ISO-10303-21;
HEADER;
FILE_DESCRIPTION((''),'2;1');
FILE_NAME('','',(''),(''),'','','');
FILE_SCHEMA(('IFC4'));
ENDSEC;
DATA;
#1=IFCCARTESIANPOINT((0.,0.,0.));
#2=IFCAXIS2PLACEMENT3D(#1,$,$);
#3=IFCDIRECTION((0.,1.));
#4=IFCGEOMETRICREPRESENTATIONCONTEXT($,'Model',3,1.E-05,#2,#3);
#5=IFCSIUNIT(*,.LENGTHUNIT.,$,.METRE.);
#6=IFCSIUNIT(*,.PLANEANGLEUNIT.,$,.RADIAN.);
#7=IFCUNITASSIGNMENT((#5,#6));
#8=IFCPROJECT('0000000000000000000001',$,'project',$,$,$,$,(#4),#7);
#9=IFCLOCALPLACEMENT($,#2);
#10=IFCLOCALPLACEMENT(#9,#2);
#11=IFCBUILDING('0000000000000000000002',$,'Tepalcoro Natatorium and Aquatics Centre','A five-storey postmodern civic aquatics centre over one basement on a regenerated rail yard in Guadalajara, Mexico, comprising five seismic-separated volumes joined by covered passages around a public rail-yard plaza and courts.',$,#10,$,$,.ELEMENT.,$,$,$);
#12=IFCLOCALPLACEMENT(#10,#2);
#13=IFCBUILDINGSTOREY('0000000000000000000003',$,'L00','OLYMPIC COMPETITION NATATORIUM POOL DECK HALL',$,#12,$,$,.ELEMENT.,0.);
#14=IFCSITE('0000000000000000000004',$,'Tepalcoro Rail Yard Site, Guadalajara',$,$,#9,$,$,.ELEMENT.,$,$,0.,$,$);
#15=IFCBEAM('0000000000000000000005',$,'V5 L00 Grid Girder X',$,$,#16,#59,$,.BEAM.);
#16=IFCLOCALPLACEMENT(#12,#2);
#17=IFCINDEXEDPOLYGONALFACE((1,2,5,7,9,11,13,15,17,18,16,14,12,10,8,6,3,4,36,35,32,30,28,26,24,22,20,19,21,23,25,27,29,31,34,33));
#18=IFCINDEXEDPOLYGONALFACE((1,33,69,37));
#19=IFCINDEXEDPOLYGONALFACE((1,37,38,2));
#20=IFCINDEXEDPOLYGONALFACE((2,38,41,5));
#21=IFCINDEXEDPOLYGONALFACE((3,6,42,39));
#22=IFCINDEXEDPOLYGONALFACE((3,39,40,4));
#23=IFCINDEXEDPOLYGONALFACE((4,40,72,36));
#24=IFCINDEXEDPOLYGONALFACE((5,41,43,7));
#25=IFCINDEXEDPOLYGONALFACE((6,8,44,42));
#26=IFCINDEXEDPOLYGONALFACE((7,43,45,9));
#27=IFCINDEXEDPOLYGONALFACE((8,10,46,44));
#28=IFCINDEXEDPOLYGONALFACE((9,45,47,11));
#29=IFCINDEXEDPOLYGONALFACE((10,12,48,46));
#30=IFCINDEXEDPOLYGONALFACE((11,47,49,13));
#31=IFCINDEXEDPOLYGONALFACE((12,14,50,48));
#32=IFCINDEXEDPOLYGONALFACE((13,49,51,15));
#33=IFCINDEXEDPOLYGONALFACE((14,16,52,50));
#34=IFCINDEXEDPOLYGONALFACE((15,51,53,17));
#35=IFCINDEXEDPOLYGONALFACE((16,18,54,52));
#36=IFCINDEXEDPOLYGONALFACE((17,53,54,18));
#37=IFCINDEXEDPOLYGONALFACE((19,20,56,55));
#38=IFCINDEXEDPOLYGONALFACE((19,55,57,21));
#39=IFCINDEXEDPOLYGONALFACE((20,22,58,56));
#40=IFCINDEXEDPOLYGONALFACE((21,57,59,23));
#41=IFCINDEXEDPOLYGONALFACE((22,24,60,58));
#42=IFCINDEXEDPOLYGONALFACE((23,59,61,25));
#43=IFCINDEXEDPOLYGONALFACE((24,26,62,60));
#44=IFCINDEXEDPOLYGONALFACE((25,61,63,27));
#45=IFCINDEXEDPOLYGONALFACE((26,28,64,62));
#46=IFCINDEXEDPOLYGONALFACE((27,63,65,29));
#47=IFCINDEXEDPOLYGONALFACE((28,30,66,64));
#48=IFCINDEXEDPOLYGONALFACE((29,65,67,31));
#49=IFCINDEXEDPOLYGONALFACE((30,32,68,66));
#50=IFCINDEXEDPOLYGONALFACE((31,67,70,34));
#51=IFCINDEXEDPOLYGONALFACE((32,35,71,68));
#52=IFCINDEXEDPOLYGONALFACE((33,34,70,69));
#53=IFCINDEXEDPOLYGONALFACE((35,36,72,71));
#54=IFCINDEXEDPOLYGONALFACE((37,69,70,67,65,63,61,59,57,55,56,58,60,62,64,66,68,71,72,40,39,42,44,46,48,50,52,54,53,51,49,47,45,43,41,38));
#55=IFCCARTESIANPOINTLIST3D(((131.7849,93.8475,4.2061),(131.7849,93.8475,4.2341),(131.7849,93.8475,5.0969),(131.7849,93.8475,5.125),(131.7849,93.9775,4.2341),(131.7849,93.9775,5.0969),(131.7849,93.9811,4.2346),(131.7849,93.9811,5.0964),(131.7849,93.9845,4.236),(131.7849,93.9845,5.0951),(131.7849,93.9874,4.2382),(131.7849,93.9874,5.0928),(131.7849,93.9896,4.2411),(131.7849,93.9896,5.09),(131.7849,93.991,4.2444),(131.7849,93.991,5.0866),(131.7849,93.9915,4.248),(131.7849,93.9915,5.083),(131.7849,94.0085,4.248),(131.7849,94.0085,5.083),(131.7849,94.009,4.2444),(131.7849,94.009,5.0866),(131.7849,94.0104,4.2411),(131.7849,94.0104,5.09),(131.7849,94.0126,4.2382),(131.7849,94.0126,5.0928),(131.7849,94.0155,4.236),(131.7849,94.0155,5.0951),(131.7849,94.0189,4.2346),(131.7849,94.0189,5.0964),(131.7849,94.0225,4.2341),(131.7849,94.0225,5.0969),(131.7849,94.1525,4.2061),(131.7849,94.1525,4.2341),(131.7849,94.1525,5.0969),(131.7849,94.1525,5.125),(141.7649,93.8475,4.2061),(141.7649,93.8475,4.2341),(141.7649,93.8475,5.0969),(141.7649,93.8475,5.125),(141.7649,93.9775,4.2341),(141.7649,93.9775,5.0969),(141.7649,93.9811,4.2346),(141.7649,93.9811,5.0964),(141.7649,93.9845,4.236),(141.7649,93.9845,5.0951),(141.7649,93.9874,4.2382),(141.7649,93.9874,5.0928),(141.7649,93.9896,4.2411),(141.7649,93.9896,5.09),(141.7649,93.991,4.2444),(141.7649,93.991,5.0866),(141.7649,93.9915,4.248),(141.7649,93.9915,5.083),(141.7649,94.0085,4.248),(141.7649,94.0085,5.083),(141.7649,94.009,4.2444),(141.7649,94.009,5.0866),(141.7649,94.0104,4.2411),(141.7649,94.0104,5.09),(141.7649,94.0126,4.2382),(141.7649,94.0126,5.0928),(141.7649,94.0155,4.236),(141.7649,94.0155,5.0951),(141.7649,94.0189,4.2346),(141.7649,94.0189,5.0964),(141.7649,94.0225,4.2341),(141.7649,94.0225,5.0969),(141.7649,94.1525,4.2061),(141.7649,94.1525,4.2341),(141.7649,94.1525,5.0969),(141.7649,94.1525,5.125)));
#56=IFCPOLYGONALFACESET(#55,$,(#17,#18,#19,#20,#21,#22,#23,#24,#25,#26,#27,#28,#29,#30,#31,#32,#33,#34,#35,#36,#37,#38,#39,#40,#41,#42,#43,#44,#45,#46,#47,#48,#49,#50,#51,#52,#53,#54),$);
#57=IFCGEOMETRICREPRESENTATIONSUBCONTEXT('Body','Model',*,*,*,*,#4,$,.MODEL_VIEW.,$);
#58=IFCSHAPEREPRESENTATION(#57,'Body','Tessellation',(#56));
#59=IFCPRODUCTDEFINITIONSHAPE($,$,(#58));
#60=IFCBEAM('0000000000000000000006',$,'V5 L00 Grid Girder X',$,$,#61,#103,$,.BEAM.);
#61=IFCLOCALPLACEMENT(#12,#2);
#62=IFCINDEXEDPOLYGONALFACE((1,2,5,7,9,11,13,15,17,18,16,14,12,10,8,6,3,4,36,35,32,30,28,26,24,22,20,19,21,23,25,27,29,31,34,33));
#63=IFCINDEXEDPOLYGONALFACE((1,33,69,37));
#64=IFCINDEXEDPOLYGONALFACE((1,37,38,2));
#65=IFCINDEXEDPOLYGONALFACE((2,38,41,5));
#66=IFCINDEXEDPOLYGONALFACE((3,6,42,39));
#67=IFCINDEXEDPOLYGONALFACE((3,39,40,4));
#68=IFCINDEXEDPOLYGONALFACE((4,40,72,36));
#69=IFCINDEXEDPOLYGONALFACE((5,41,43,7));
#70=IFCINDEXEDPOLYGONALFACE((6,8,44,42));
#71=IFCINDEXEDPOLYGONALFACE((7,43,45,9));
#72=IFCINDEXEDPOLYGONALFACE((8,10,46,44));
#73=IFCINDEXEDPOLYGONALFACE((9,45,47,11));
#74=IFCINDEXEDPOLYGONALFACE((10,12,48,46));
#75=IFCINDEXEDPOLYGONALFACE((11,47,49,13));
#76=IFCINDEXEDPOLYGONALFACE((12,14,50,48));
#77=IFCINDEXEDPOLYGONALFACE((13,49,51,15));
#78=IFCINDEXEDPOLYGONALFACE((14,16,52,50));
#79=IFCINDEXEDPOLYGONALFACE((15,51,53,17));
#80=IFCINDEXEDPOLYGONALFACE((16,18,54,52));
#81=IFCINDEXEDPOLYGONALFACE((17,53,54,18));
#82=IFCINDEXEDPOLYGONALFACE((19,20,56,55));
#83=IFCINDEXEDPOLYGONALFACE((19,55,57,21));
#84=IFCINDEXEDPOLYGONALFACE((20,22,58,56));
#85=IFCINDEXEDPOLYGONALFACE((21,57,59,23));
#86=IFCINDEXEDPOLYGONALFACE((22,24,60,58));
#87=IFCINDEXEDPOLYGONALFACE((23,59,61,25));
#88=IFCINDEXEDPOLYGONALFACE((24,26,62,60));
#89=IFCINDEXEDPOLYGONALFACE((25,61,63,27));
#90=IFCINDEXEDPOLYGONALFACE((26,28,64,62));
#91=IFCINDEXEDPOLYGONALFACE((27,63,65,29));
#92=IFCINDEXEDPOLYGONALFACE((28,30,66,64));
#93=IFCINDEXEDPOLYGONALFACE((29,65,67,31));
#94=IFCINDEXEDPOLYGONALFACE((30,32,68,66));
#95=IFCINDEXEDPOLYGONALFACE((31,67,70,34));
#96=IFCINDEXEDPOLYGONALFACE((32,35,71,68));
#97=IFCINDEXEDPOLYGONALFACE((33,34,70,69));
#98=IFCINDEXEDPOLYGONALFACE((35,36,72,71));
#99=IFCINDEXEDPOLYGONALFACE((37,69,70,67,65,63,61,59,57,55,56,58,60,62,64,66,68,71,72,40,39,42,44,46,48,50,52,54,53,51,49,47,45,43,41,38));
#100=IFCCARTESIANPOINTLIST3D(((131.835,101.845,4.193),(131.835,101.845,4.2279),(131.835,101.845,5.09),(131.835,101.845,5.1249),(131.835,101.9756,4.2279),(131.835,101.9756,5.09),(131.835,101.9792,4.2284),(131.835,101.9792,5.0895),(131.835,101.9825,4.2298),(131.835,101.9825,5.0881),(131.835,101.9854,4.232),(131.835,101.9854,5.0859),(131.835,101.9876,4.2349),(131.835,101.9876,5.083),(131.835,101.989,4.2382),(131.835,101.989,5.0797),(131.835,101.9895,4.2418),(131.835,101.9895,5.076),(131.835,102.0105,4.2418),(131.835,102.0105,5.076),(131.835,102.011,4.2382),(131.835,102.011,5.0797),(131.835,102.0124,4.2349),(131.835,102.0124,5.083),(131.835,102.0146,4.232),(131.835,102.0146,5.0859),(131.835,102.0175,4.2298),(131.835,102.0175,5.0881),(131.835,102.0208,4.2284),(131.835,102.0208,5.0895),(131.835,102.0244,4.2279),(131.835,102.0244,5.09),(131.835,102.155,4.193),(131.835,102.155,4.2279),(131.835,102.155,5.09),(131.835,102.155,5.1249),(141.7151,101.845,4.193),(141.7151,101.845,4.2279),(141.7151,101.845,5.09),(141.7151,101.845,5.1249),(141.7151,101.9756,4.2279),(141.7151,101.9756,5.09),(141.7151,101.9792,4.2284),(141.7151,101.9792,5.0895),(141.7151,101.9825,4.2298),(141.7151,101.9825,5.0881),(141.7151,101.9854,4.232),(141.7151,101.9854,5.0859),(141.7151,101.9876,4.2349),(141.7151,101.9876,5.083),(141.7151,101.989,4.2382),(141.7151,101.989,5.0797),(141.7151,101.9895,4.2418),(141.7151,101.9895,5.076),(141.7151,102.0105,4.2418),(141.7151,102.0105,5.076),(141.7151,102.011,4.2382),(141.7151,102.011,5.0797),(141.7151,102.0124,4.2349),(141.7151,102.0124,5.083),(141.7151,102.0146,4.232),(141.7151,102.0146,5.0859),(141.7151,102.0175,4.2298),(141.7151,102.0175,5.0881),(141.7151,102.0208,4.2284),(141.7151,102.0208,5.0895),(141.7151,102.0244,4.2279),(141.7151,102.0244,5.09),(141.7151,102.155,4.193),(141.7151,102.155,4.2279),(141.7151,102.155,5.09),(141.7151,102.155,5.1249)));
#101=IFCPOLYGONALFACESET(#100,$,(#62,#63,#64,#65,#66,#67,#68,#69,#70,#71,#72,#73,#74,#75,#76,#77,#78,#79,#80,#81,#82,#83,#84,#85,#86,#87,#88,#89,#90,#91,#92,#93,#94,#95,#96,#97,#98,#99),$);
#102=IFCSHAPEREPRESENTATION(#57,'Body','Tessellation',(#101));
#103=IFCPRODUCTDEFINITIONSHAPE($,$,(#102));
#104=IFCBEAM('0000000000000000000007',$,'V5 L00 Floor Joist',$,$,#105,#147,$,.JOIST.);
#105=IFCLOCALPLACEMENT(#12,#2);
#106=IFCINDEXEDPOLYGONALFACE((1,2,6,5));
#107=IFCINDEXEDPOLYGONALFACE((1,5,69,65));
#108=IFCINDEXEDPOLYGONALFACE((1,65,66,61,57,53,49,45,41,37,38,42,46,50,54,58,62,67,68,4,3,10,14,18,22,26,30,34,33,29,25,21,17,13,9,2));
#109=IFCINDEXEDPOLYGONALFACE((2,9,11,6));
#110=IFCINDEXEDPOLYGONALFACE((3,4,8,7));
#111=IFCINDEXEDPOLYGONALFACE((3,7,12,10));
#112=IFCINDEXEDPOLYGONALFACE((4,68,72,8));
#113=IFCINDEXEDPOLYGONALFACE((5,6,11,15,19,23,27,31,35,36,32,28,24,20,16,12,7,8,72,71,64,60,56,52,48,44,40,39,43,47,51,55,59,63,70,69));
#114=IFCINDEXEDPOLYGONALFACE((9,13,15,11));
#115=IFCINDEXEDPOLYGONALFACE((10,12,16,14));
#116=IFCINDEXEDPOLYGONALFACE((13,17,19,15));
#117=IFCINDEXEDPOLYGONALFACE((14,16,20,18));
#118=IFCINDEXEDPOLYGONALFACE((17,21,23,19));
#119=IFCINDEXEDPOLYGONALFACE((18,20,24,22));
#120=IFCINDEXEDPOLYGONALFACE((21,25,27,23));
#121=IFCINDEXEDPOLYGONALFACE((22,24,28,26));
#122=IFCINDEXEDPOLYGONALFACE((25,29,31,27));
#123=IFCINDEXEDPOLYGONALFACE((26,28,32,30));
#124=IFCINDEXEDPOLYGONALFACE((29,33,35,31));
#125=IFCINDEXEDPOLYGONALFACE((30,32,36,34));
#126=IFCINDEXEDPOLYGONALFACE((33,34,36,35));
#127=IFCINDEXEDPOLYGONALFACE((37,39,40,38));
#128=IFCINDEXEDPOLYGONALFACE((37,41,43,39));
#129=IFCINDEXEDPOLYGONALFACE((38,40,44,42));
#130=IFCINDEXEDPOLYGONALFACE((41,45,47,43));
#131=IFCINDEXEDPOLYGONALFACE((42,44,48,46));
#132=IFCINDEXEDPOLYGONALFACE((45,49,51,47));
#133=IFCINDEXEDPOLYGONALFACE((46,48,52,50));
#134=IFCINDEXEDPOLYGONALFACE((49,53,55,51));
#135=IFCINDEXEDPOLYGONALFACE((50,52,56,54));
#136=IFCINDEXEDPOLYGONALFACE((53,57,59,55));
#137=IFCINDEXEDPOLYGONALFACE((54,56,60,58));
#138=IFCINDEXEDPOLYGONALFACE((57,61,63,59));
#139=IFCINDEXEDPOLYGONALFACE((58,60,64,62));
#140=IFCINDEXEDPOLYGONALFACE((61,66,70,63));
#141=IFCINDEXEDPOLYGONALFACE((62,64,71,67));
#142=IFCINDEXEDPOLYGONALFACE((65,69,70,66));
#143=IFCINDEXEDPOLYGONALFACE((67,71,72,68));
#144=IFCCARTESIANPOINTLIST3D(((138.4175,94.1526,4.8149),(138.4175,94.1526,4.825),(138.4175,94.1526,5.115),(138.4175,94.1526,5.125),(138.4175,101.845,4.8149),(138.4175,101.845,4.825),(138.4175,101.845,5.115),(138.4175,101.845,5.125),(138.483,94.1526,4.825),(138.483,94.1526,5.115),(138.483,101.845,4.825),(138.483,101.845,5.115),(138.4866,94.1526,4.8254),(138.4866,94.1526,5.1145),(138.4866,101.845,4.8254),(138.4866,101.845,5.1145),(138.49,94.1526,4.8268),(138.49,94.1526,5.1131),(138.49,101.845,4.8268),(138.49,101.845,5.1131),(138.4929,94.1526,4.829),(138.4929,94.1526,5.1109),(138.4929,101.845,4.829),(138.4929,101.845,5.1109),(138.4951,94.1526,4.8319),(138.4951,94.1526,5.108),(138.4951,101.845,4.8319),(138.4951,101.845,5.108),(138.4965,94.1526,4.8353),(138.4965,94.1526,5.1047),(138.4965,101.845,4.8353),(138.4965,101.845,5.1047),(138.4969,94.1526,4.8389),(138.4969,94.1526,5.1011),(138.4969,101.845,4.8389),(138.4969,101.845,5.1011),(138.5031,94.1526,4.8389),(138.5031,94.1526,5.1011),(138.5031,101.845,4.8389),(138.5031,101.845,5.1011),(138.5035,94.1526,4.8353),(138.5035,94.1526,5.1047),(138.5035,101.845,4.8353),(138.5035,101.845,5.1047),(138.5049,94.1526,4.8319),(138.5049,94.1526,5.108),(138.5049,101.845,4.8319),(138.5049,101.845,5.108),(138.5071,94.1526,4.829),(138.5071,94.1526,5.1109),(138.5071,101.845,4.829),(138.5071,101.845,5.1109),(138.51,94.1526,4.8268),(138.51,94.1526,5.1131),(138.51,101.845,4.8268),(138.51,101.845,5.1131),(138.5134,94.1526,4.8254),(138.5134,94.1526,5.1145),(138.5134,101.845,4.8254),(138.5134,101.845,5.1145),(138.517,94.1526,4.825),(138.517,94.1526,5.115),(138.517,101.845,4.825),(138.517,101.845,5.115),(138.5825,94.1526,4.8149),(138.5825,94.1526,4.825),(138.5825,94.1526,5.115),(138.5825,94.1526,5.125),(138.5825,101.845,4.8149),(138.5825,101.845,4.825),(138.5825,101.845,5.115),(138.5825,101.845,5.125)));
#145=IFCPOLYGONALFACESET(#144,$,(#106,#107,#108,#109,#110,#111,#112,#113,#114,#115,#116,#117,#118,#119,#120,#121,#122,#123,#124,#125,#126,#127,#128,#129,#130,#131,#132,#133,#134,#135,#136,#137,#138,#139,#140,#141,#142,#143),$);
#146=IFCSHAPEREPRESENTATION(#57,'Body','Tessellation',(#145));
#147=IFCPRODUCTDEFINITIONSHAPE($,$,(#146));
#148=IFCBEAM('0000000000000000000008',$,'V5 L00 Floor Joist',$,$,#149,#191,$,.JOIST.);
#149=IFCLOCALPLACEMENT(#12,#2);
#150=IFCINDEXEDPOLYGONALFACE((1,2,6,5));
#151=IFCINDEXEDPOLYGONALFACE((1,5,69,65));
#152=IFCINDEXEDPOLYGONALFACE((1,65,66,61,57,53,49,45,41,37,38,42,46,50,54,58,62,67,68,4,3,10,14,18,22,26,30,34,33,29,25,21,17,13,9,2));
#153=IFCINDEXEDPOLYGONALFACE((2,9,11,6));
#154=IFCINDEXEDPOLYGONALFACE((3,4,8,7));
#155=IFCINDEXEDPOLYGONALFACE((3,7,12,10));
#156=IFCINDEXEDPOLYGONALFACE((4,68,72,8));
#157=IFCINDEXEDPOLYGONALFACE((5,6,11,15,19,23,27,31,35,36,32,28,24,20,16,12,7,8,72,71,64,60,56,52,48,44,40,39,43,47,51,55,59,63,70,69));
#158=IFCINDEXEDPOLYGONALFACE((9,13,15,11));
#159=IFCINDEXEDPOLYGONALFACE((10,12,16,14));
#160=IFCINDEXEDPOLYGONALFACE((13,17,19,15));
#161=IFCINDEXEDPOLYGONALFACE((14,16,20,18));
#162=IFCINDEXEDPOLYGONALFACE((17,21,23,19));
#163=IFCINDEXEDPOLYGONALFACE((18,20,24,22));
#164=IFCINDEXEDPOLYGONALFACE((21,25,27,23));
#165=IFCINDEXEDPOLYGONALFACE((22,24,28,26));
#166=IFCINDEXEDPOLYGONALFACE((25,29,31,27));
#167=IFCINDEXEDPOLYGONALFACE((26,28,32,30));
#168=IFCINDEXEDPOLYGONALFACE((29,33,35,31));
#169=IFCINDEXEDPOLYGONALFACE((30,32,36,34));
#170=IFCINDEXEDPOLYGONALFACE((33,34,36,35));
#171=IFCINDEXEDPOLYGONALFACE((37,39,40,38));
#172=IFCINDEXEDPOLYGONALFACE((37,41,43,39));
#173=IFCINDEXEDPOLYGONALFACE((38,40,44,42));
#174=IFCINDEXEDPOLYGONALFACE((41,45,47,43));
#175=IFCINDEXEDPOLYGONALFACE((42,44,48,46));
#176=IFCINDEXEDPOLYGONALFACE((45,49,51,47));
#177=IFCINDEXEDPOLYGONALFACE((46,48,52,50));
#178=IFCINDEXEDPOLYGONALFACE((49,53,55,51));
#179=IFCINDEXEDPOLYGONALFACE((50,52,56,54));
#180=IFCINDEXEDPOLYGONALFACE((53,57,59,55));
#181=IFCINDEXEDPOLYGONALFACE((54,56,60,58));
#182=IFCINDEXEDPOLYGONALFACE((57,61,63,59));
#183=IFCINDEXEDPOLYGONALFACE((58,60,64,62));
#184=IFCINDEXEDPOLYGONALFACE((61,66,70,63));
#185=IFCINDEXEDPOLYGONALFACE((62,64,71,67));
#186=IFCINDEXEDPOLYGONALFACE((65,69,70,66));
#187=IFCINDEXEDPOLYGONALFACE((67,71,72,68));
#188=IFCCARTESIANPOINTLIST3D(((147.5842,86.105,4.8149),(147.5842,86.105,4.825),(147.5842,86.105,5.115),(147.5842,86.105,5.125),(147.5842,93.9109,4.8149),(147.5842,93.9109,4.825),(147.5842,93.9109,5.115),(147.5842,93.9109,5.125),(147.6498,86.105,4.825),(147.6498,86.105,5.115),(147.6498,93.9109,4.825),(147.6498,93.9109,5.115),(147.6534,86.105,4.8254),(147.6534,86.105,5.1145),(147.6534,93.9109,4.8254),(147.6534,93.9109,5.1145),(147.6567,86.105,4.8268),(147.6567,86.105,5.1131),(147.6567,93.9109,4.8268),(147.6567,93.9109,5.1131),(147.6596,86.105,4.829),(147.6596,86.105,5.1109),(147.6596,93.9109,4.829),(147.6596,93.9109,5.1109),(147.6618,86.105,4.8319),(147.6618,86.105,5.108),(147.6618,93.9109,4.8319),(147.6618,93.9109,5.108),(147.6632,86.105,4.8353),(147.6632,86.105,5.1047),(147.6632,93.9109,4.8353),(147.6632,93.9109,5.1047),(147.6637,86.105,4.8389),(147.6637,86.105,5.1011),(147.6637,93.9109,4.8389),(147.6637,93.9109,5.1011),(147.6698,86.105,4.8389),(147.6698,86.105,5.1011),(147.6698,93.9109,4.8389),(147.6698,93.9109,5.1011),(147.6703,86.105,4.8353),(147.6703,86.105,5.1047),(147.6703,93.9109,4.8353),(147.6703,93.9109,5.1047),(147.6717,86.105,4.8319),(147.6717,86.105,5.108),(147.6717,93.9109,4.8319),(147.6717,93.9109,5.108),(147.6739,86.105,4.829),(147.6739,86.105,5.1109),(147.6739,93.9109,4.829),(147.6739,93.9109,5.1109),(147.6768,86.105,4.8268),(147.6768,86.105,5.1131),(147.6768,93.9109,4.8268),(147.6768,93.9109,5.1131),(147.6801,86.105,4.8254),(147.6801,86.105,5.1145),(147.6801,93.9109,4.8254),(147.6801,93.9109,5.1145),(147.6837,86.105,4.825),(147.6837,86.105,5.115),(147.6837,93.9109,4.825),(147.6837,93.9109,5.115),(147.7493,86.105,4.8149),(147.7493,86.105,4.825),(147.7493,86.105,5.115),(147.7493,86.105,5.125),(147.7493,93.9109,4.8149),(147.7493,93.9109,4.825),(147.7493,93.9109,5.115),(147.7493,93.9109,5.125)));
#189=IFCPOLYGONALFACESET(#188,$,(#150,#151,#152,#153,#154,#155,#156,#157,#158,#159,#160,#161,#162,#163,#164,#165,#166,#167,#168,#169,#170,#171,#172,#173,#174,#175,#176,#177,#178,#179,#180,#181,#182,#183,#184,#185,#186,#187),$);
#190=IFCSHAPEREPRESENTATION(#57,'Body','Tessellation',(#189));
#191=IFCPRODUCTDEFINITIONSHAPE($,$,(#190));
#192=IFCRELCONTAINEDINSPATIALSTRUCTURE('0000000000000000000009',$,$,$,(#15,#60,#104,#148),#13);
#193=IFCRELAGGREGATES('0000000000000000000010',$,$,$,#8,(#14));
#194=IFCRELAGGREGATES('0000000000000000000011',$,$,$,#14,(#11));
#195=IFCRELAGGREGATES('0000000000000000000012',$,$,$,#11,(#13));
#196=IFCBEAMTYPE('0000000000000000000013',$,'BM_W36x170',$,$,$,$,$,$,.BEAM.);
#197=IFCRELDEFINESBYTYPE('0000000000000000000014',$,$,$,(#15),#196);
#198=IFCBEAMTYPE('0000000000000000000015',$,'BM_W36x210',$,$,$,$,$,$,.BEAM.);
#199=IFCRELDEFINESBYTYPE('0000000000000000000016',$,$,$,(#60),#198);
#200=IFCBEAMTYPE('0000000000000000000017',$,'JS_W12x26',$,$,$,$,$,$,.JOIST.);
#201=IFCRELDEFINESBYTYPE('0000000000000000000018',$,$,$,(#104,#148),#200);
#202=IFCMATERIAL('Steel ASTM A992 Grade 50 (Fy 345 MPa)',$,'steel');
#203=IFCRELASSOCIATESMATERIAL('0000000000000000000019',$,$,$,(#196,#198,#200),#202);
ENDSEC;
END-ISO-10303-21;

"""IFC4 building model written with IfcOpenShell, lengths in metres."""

from ifc_helpers import new_model, si_unit, direction, frame, origin, origin_2d, place, context, subcontext, project, spatial, i_section, extrude, material, material_profile, profile_set, type_object, element, save


model = new_model("IFC4")

# Units and contexts
model_context = context("Model", 3, precision=1e-05, world=origin(), true_north=direction((0.0, 1.0)))
body_context = subcontext(model_context, "Body", "Model", "MODEL_VIEW")
ifc_project = project(units=[si_unit("LENGTHUNIT", "METRE"), si_unit("PLANEANGLEUNIT", "RADIAN")], contexts=[model_context])

# Site, building, storey
site_placement = place(None, origin())
site = spatial("IfcSite", under=ifc_project, at=site_placement, Name="Tepalcoro Rail Yard Site, Guadalajara", CompositionType="ELEMENT", RefElevation=0.0)
building_placement = place(site_placement, origin())
building = spatial("IfcBuilding", under=site, at=building_placement, Name="Tepalcoro Natatorium and Aquatics Centre", Description="A five-storey postmodern civic aquatics centre over one basement on a regenerated rail yard in Guadalajara, Mexico, comprising five seismic-separated volumes joined by covered passages around a public rail-yard plaza and courts.", CompositionType="ELEMENT")
storey_placement = place(building_placement, origin())
storey = spatial("IfcBuildingStorey", under=building, at=storey_placement, Name="L00", Description="OLYMPIC COMPETITION NATATORIUM POOL DECK HALL", CompositionType="ELEMENT", Elevation=0.0)

# Beams
ifc_material_1 = material(Name="Steel ASTM A992 Grade 50 (Fy 345 MPa)", Category="steel")
ifc_material_profile_1 = material_profile(ifc_material_1, i_section(OverallWidth=0.3049, OverallDepth=0.9189, WebThickness=0.0171, FlangeThickness=0.0281, FilletRadius=0.0139, at=origin_2d()), Name="W36X170")
ifc_profile_set_1 = profile_set([ifc_material_profile_1], Name="Steel ASTM A992 Grade 50 (Fy 345 MPa)")
beam_type_1 = type_object("IfcBeamType", Name="BM_W36x170", PredefinedType="BEAM", material=ifc_profile_set_1)
beam_1_placement = place(storey_placement, frame((131.7849, 94.0, 4.6655), z_axis=(1.0, 0.0, 0.0), x_axis=(0.0, 1.0, 0.0)))
element("IfcBeam", 1, at=beam_1_placement, inside=storey, type_object=beam_type_1, Name="V5 L00 Grid Girder X", PredefinedType="BEAM", context=body_context, shape_type="SweptSolid", body=[
    extrude(i_section(OverallWidth=0.3049, OverallDepth=0.9189, WebThickness=0.0171, FlangeThickness=0.0281, FilletRadius=0.0139, at=origin_2d()), origin(), (0.0, 0.0, 1.0), 9.98),
])
ifc_material_profile_2 = material_profile(ifc_material_1, i_section(OverallWidth=0.3101, OverallDepth=0.9319, WebThickness=0.021, FlangeThickness=0.0349, FilletRadius=0.0139, at=origin_2d()), Name="W36X210")
ifc_profile_set_2 = profile_set([ifc_material_profile_2], Name="Steel ASTM A992 Grade 50 (Fy 345 MPa)")
beam_type_2 = type_object("IfcBeamType", Name="BM_W36x210", PredefinedType="BEAM", material=ifc_profile_set_2)
beam_2_placement = place(storey_placement, frame((131.835, 102.0, 4.6589), z_axis=(1.0, 0.0, 0.0), x_axis=(0.0, 1.0, 0.0)))
element("IfcBeam", 2, at=beam_2_placement, inside=storey, type_object=beam_type_2, Name="V5 L00 Grid Girder X", PredefinedType="BEAM", context=body_context, shape_type="SweptSolid", body=[
    extrude(i_section(OverallWidth=0.3101, OverallDepth=0.9319, WebThickness=0.021, FlangeThickness=0.0349, FilletRadius=0.0139, at=origin_2d()), origin(), (0.0, 0.0, 1.0), 9.8801),
])
ifc_material_profile_3 = material_profile(ifc_material_1, i_section(OverallWidth=0.165, OverallDepth=0.3101, WebThickness=0.0061, FlangeThickness=0.01, FilletRadius=0.0139, at=origin_2d()), Name="W12X26")
ifc_profile_set_3 = profile_set([ifc_material_profile_3], Name="Steel ASTM A992 Grade 50 (Fy 345 MPa)")
beam_type_3 = type_object("IfcBeamType", Name="JS_W12x26", PredefinedType="JOIST", material=ifc_profile_set_3)
beam_3_placement = place(storey_placement, frame((138.5, 94.1526, 4.97), z_axis=(0.0, 1.0, 0.0), x_axis=(-1.0, 0.0, 0.0)))
element("IfcBeam", 3, at=beam_3_placement, inside=storey, type_object=beam_type_3, Name="V5 L00 Floor Joist", PredefinedType="JOIST", context=body_context, shape_type="SweptSolid", body=[
    extrude(i_section(OverallWidth=0.165, OverallDepth=0.3101, WebThickness=0.0061, FlangeThickness=0.01, FilletRadius=0.0139, at=origin_2d()), origin(), (0.0, 0.0, 1.0), 7.6924),
])
beam_4_placement = place(storey_placement, frame((147.6667, 86.105, 4.97), z_axis=(0.0, 1.0, 0.0), x_axis=(-1.0, 0.0, 0.0)))
element("IfcBeam", 4, at=beam_4_placement, inside=storey, type_object=beam_type_3, Name="V5 L00 Floor Joist", PredefinedType="JOIST", context=body_context, shape_type="SweptSolid", body=[
    extrude(i_section(OverallWidth=0.165, OverallDepth=0.3101, WebThickness=0.0061, FlangeThickness=0.01, FilletRadius=0.0139, at=origin_2d()), origin(), (0.0, 0.0, 1.0), 7.8059),
])

save(model, "model.ifc")
